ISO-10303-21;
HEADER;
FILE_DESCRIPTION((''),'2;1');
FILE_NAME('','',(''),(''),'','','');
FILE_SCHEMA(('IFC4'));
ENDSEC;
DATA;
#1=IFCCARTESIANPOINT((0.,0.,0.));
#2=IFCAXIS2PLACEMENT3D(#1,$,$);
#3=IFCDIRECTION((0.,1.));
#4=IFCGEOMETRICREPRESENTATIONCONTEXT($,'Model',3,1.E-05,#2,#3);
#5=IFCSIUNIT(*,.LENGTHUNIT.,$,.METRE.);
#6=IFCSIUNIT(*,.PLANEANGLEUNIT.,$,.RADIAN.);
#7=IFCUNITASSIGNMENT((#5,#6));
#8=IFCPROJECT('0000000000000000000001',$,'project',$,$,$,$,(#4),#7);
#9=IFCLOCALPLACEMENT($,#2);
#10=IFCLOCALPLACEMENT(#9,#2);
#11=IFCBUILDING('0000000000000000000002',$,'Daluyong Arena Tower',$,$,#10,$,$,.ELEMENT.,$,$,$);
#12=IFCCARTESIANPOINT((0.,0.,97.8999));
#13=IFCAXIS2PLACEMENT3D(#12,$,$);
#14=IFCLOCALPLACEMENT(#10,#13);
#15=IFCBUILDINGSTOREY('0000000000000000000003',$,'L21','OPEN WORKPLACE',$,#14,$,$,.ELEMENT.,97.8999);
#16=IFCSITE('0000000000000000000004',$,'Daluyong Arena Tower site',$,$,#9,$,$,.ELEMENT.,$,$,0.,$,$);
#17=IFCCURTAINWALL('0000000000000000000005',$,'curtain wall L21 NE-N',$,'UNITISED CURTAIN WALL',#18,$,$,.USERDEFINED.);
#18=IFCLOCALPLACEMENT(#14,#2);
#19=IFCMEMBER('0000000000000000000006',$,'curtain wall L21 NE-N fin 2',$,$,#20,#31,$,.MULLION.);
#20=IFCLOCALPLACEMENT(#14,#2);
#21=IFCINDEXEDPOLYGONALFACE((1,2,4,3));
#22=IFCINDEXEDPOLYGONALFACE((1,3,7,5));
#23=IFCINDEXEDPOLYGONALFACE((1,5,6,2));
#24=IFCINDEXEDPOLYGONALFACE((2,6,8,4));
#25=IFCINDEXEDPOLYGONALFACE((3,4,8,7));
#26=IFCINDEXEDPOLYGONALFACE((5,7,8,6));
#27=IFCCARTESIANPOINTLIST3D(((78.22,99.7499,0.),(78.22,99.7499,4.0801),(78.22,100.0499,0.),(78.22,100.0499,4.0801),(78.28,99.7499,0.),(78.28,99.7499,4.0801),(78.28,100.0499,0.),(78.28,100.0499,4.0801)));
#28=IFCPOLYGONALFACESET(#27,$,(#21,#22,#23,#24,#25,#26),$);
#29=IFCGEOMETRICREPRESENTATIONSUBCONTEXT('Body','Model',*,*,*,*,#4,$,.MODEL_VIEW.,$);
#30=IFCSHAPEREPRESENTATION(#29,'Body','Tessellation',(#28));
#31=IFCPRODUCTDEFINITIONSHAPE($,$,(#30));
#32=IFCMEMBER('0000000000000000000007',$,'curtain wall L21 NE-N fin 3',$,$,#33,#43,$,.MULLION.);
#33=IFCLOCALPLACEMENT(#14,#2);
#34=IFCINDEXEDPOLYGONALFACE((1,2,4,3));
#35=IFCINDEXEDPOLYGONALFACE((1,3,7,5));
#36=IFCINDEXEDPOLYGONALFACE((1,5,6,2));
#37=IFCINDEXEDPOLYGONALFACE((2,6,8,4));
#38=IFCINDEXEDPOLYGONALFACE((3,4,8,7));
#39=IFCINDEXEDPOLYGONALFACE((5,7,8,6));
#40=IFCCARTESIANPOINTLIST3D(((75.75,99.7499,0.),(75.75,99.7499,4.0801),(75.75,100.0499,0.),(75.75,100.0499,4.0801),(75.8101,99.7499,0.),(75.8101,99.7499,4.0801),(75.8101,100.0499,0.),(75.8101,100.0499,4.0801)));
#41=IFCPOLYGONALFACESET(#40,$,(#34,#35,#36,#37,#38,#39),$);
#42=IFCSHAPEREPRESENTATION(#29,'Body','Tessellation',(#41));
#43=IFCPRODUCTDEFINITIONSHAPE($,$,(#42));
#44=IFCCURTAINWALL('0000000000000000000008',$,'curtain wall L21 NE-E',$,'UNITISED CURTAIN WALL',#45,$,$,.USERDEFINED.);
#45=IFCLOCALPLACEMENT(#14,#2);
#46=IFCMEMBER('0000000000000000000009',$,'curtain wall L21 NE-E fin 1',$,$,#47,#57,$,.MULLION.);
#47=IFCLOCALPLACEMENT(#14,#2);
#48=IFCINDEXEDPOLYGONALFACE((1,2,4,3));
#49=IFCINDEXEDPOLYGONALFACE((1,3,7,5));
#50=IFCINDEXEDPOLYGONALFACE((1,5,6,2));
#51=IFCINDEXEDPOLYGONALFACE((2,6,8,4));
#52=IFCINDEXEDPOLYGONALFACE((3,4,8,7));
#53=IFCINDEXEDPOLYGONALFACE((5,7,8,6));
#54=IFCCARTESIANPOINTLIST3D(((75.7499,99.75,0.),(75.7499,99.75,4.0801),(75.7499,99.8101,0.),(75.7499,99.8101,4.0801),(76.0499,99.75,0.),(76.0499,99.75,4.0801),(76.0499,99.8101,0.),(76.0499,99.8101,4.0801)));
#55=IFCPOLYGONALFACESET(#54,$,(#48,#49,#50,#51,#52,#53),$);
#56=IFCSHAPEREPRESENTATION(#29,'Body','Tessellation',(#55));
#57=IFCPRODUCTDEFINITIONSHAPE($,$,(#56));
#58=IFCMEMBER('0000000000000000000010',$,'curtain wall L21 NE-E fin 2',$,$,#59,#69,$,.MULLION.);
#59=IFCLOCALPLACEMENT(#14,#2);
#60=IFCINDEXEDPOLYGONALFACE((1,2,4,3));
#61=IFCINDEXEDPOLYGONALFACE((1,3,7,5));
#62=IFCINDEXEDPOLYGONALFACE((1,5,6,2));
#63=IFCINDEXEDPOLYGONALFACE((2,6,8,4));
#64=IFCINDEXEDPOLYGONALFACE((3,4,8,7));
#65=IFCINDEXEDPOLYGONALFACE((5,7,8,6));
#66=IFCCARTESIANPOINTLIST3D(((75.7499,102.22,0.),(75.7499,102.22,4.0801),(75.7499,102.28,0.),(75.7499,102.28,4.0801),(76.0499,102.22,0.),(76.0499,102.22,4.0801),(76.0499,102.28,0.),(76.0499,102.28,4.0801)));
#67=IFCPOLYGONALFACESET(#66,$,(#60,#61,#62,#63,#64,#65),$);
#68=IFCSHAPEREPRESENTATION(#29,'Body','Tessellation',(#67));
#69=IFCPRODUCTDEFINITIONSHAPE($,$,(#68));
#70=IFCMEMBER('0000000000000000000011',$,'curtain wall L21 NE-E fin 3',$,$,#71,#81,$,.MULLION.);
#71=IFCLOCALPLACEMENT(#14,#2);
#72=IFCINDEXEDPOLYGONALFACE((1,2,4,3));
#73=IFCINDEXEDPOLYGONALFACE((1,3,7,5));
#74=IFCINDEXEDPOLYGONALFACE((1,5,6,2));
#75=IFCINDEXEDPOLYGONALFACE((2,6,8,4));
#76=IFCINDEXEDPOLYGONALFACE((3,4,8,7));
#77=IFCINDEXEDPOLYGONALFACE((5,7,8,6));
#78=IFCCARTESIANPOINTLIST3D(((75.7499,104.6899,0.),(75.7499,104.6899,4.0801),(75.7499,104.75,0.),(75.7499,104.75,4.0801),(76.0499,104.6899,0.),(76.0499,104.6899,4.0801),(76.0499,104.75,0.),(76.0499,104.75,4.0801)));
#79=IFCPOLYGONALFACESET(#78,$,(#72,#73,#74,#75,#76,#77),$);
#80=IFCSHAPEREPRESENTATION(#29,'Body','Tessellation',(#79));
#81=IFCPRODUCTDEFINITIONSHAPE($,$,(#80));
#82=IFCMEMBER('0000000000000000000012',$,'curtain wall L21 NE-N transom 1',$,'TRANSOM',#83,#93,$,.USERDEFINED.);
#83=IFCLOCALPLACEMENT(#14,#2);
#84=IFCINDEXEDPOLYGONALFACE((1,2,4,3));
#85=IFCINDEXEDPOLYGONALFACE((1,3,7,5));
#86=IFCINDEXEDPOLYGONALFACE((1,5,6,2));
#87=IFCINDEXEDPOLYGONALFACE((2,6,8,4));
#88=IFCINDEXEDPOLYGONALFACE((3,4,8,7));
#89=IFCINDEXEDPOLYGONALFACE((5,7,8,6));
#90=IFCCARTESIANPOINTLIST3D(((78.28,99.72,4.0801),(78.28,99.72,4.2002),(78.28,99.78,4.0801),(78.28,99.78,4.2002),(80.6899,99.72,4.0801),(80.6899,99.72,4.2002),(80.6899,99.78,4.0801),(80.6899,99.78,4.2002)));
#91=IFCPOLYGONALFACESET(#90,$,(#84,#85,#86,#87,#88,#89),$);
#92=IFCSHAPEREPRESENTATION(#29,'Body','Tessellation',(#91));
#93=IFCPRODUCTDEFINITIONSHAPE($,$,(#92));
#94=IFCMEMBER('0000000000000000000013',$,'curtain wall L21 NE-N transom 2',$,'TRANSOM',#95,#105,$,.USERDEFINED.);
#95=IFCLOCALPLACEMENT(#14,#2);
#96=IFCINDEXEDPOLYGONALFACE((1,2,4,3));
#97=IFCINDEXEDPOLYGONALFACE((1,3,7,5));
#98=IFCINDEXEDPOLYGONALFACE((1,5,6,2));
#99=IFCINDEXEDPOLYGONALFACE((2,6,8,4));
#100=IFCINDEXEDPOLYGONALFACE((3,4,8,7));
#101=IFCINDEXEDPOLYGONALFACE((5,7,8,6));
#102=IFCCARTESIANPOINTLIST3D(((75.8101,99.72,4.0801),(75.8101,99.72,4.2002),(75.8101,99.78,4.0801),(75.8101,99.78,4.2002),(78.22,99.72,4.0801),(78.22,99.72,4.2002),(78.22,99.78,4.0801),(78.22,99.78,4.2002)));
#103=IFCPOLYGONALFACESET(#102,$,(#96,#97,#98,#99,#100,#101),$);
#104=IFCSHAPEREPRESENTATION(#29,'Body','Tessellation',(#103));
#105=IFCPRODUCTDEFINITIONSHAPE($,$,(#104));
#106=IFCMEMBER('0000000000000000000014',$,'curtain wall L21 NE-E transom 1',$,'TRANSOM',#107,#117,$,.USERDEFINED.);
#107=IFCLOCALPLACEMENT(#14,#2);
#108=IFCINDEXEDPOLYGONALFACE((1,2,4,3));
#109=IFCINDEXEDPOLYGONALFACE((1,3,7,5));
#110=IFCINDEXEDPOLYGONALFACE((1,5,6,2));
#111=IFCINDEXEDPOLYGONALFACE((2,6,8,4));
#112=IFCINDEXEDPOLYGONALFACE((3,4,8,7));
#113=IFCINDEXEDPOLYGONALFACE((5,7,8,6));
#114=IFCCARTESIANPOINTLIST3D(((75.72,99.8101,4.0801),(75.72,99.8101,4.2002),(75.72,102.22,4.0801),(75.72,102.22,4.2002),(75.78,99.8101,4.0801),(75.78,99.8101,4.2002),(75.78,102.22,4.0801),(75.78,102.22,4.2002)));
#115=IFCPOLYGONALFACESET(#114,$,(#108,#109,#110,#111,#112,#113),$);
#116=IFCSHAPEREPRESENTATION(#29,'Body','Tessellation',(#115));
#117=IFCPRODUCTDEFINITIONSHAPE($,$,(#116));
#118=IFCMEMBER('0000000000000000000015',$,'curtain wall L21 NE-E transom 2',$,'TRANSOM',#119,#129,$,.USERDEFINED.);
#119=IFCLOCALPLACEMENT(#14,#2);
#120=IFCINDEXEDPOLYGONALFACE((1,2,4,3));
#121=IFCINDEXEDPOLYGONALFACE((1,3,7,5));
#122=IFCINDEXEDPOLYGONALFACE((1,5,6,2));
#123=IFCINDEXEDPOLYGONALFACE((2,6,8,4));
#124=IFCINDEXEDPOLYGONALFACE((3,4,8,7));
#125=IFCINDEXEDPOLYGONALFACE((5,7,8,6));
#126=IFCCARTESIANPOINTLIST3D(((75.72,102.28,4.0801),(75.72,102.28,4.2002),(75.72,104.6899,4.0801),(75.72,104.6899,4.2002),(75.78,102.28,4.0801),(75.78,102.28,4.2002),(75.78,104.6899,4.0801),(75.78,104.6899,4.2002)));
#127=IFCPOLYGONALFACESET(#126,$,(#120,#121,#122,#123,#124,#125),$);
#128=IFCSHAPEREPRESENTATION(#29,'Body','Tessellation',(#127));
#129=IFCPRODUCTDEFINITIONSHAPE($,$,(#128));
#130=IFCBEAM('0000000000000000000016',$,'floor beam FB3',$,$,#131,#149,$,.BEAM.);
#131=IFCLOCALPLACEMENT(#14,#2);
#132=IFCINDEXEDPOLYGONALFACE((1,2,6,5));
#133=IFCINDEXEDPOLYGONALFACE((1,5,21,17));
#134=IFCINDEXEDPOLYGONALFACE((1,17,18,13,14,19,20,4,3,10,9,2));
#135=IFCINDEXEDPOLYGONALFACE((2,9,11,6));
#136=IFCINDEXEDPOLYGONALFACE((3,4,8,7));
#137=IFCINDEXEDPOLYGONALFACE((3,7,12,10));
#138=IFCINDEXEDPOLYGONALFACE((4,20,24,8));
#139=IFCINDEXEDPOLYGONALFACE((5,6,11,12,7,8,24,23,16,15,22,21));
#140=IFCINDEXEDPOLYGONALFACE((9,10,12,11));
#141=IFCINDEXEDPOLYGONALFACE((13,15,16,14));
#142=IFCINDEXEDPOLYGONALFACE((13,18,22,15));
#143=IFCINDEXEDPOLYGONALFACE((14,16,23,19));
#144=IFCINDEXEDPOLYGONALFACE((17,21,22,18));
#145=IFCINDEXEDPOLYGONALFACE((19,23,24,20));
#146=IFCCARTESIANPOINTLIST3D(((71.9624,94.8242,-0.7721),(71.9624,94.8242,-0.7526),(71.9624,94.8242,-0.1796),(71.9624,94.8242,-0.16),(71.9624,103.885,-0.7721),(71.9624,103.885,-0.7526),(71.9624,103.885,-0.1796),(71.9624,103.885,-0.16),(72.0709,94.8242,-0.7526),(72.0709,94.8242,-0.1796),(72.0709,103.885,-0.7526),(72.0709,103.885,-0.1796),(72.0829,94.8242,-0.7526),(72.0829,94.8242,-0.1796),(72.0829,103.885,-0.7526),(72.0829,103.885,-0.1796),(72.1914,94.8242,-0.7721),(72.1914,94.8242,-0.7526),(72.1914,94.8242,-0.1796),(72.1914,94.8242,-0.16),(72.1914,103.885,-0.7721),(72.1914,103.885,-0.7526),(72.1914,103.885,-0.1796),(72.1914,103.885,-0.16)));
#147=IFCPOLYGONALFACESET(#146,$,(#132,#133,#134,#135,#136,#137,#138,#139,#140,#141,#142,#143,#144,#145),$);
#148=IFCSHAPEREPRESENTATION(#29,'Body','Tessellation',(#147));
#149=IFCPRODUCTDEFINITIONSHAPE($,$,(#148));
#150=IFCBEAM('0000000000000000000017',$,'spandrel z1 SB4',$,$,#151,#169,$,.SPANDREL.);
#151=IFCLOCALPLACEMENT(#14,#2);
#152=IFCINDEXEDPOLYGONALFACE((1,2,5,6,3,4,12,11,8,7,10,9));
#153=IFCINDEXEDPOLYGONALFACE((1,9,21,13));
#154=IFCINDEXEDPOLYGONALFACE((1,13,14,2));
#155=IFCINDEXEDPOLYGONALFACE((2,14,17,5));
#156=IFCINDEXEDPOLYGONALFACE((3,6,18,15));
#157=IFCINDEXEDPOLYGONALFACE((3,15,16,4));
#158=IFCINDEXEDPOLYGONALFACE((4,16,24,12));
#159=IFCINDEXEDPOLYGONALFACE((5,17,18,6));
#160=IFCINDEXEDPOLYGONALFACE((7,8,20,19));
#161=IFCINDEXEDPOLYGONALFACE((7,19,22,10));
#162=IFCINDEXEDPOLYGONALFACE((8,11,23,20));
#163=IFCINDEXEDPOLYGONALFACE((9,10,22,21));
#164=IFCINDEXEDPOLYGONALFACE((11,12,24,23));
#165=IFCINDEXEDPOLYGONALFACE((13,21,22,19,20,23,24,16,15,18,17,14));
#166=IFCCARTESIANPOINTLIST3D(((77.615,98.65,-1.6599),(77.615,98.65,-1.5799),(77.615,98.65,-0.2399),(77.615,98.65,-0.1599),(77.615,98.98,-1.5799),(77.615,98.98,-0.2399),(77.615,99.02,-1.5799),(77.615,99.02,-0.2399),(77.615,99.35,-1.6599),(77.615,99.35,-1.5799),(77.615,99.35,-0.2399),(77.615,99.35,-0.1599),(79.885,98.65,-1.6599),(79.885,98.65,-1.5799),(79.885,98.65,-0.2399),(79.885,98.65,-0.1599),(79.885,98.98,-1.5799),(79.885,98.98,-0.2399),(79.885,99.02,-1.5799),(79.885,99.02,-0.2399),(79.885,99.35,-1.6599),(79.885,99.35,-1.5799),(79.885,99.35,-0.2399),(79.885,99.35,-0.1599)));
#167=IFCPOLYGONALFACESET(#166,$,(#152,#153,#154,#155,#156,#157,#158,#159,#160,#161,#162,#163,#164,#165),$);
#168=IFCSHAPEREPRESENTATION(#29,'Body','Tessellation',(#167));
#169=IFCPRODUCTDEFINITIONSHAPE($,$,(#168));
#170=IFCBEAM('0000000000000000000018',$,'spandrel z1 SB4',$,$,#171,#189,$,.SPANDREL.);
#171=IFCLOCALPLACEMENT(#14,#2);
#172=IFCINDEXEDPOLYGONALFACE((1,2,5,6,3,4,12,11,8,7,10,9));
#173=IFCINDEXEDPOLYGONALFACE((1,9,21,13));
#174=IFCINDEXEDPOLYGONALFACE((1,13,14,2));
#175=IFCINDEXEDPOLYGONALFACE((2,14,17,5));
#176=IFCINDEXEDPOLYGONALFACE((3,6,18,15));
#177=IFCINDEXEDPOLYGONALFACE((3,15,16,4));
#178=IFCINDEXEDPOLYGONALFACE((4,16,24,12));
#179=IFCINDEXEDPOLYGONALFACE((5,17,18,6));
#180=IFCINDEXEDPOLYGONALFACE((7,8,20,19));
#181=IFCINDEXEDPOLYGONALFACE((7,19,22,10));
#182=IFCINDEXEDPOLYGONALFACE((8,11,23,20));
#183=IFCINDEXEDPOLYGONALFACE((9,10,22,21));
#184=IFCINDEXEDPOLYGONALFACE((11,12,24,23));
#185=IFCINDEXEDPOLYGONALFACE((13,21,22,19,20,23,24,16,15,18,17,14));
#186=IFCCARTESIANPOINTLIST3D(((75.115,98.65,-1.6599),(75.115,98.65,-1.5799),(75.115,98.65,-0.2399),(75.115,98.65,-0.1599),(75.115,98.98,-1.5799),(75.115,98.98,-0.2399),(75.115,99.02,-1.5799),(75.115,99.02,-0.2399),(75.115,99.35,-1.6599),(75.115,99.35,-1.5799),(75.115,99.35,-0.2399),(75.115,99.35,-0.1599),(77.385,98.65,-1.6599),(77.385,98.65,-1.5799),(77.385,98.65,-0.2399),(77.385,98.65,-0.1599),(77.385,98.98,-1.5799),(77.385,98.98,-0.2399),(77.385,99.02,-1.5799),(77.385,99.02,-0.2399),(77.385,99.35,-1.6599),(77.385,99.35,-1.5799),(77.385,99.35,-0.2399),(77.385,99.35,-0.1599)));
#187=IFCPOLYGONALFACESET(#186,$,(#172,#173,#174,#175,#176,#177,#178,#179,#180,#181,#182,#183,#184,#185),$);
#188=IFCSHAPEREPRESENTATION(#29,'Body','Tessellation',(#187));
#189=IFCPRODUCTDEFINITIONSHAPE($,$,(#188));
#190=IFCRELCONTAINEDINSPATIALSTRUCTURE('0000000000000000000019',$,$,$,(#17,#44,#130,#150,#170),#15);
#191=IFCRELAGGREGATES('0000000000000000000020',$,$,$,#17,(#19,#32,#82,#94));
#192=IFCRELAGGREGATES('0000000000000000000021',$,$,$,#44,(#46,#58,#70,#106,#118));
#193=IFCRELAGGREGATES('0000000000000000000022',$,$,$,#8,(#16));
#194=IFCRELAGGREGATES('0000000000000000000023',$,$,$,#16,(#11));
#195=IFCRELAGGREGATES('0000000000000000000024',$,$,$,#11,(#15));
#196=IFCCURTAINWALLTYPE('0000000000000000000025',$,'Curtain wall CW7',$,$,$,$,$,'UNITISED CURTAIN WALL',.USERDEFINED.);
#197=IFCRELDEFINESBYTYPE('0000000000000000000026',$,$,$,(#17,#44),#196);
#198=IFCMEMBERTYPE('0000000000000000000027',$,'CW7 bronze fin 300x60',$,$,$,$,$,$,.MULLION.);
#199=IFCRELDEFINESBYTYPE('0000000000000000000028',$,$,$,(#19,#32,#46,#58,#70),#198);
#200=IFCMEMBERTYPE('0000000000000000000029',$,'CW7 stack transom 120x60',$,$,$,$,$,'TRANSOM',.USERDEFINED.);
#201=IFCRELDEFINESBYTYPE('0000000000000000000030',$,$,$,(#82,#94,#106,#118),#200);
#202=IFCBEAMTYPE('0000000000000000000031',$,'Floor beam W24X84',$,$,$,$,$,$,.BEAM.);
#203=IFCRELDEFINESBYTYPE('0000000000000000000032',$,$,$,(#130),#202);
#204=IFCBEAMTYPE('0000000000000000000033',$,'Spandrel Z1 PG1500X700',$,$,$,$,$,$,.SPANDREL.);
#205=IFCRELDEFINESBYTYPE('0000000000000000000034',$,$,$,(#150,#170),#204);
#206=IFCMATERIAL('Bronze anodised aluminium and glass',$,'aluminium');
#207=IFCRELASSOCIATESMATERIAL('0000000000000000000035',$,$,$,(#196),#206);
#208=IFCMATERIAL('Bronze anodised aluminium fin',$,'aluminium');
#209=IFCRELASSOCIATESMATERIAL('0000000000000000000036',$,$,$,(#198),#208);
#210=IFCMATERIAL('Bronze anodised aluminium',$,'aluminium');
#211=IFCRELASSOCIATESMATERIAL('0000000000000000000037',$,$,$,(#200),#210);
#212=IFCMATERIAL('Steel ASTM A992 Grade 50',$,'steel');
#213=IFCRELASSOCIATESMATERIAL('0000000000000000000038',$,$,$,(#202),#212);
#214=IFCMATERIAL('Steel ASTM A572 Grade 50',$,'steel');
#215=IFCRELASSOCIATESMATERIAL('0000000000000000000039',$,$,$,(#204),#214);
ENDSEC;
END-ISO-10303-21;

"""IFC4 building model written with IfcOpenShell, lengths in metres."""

from ifc_helpers import new_model, si_unit, direction, frame, origin, origin_2d, place, context, subcontext, project, spatial, rectangle, i_section, extrude, material, material_profile, profile_set, type_object, element, aggregate, save


model = new_model("IFC4")

# Units and contexts
model_context = context("Model", 3, precision=1e-05, world=origin(), true_north=direction((0.0, 1.0)))
body_context = subcontext(model_context, "Body", "Model", "MODEL_VIEW")
ifc_project = project(units=[si_unit("LENGTHUNIT", "METRE"), si_unit("PLANEANGLEUNIT", "RADIAN")], contexts=[model_context])

# Site, building, storey
site_placement = place(None, origin())
site = spatial("IfcSite", under=ifc_project, at=site_placement, Name="Daluyong Arena Tower site", CompositionType="ELEMENT", RefElevation=0.0)
building_placement = place(site_placement, origin())
building = spatial("IfcBuilding", under=site, at=building_placement, Name="Daluyong Arena Tower", CompositionType="ELEMENT")
storey_placement = place(building_placement, frame((0.0, 0.0, 97.8999)))
storey = spatial("IfcBuildingStorey", under=building, at=storey_placement, Name="L21", Description="OPEN WORKPLACE", CompositionType="ELEMENT", Elevation=97.8999)

# Curtain walls, members
ifc_material_1 = material(Name="Bronze anodised aluminium and glass", Category="aluminium")
curtain_wall_type_1 = type_object("IfcCurtainWallType", Name="Curtain wall CW7", ElementType="UNITISED CURTAIN WALL", PredefinedType="USERDEFINED", material=ifc_material_1)
curtain_wall_1_placement = place(storey_placement, origin())
curtain_wall_1 = element("IfcCurtainWall", 1, at=curtain_wall_1_placement, inside=storey, type_object=curtain_wall_type_1, Name="curtain wall L21 NE-N", ObjectType="UNITISED CURTAIN WALL", PredefinedType="USERDEFINED")
ifc_material_2 = material(Name="Bronze anodised aluminium fin", Category="aluminium")
ifc_material_profile_1 = material_profile(ifc_material_2, rectangle(XDim=0.3, YDim=0.0601, at=origin_2d()))
ifc_profile_set_1 = profile_set([ifc_material_profile_1], Name="Bronze anodised aluminium fin")
member_type_1 = type_object("IfcMemberType", Name="CW7 bronze fin 300x60", PredefinedType="MULLION", material=ifc_profile_set_1)
member_1_placement = place(storey_placement, frame((78.25, 99.8999, 0.0), z_axis=(0.0, 0.0, 1.0), x_axis=(0.0, -1.0, 0.0)))
member_1 = element("IfcMember", 2, at=member_1_placement, type_object=member_type_1, Name="curtain wall L21 NE-N fin 2", PredefinedType="MULLION", context=body_context, shape_type="SweptSolid", body=[
    extrude(rectangle(XDim=0.3, YDim=0.0601, at=origin_2d()), origin(), (0.0, 0.0, 1.0), 4.0801),
])
member_2_placement = place(storey_placement, frame((75.78, 99.8999, 0.0), z_axis=(0.0, 0.0, 1.0), x_axis=(0.0, -1.0, 0.0)))
member_2 = element("IfcMember", 3, at=member_2_placement, type_object=member_type_1, Name="curtain wall L21 NE-N fin 3", PredefinedType="MULLION", context=body_context, shape_type="SweptSolid", body=[
    extrude(rectangle(XDim=0.3, YDim=0.0601, at=origin_2d()), origin(), (0.0, 0.0, 1.0), 4.0801),
])
curtain_wall_2_placement = place(storey_placement, origin())
curtain_wall_2 = element("IfcCurtainWall", 4, at=curtain_wall_2_placement, inside=storey, type_object=curtain_wall_type_1, Name="curtain wall L21 NE-E", ObjectType="UNITISED CURTAIN WALL", PredefinedType="USERDEFINED")
member_3_placement = place(storey_placement, frame((75.8999, 99.78, 0.0), z_axis=(0.0, 0.0, 1.0), x_axis=(-1.0, 0.0, 0.0)))
member_3 = element("IfcMember", 5, at=member_3_placement, type_object=member_type_1, Name="curtain wall L21 NE-E fin 1", PredefinedType="MULLION", context=body_context, shape_type="SweptSolid", body=[
    extrude(rectangle(XDim=0.3, YDim=0.0601, at=origin_2d()), origin(), (0.0, 0.0, 1.0), 4.0801),
])
member_4_placement = place(storey_placement, frame((75.8999, 102.25, 0.0), z_axis=(0.0, 0.0, 1.0), x_axis=(-1.0, 0.0, 0.0)))
member_4 = element("IfcMember", 6, at=member_4_placement, type_object=member_type_1, Name="curtain wall L21 NE-E fin 2", PredefinedType="MULLION", context=body_context, shape_type="SweptSolid", body=[
    extrude(rectangle(XDim=0.3, YDim=0.0601, at=origin_2d()), origin(), (0.0, 0.0, 1.0), 4.0801),
])
member_5_placement = place(storey_placement, frame((75.8999, 104.72, 0.0), z_axis=(0.0, 0.0, 1.0), x_axis=(-1.0, 0.0, 0.0)))
member_5 = element("IfcMember", 7, at=member_5_placement, type_object=member_type_1, Name="curtain wall L21 NE-E fin 3", PredefinedType="MULLION", context=body_context, shape_type="SweptSolid", body=[
    extrude(rectangle(XDim=0.3, YDim=0.0601, at=origin_2d()), origin(), (0.0, 0.0, 1.0), 4.0801),
])

# Members
ifc_material_3 = material(Name="Bronze anodised aluminium", Category="aluminium")
ifc_material_profile_2 = material_profile(ifc_material_3, rectangle(XDim=0.0601, YDim=0.1201, at=origin_2d()))
ifc_profile_set_2 = profile_set([ifc_material_profile_2], Name="Bronze anodised aluminium")
member_type_2 = type_object("IfcMemberType", Name="CW7 stack transom 120x60", ElementType="TRANSOM", PredefinedType="USERDEFINED", material=ifc_profile_set_2)
member_6_placement = place(storey_placement, frame((80.6899, 99.75, 4.1401), z_axis=(-1.0, 0.0, 0.0), x_axis=(0.0, -1.0, 0.0)))
member_6 = element("IfcMember", 8, at=member_6_placement, type_object=member_type_2, Name="curtain wall L21 NE-N transom 1", ObjectType="TRANSOM", PredefinedType="USERDEFINED", context=body_context, shape_type="SweptSolid", body=[
    extrude(rectangle(XDim=0.0601, YDim=0.1201, at=origin_2d()), origin(), (0.0, 0.0, 1.0), 2.4099),
])
member_7_placement = place(storey_placement, frame((78.22, 99.75, 4.1401), z_axis=(-1.0, 0.0, 0.0), x_axis=(0.0, -1.0, 0.0)))
member_7 = element("IfcMember", 9, at=member_7_placement, type_object=member_type_2, Name="curtain wall L21 NE-N transom 2", ObjectType="TRANSOM", PredefinedType="USERDEFINED", context=body_context, shape_type="SweptSolid", body=[
    extrude(rectangle(XDim=0.0601, YDim=0.1201, at=origin_2d()), origin(), (0.0, 0.0, 1.0), 2.4099),
])
member_8_placement = place(storey_placement, frame((75.75, 99.8101, 4.1401), z_axis=(0.0, 1.0, 0.0), x_axis=(-1.0, 0.0, 0.0)))
member_8 = element("IfcMember", 10, at=member_8_placement, type_object=member_type_2, Name="curtain wall L21 NE-E transom 1", ObjectType="TRANSOM", PredefinedType="USERDEFINED", context=body_context, shape_type="SweptSolid", body=[
    extrude(rectangle(XDim=0.0601, YDim=0.1201, at=origin_2d()), origin(), (0.0, 0.0, 1.0), 2.4099),
])
member_9_placement = place(storey_placement, frame((75.75, 102.28, 4.1401), z_axis=(0.0, 1.0, 0.0), x_axis=(-1.0, 0.0, 0.0)))
member_9 = element("IfcMember", 11, at=member_9_placement, type_object=member_type_2, Name="curtain wall L21 NE-E transom 2", ObjectType="TRANSOM", PredefinedType="USERDEFINED", context=body_context, shape_type="SweptSolid", body=[
    extrude(rectangle(XDim=0.0601, YDim=0.1201, at=origin_2d()), origin(), (0.0, 0.0, 1.0), 2.4099),
])

# Beams
ifc_material_4 = material(Name="Steel ASTM A992 Grade 50", Category="steel")
ifc_material_profile_3 = material_profile(ifc_material_4, i_section(OverallWidth=0.229, OverallDepth=0.6121, WebThickness=0.012, FlangeThickness=0.0195, at=origin_2d()))
ifc_profile_set_3 = profile_set([ifc_material_profile_3], Name="Steel ASTM A992 Grade 50")
beam_type_1 = type_object("IfcBeamType", Name="Floor beam W24X84", PredefinedType="BEAM", material=ifc_profile_set_3)
beam_placement = place(storey_placement, frame((72.0769, 103.885, -0.4661), z_axis=(0.0, -1.0, 0.0), x_axis=(1.0, 0.0, 0.0)))
element("IfcBeam", 12, at=beam_placement, inside=storey, type_object=beam_type_1, Name="floor beam FB3", PredefinedType="BEAM", context=body_context, shape_type="SweptSolid", body=[
    extrude(i_section(OverallWidth=0.229, OverallDepth=0.6121, WebThickness=0.012, FlangeThickness=0.0195, at=origin_2d()), origin(), (0.0, 0.0, 1.0), 9.0608),
])
ifc_material_5 = material(Name="Steel ASTM A572 Grade 50", Category="steel")
ifc_material_profile_4 = material_profile(ifc_material_5, i_section(OverallWidth=0.7, OverallDepth=1.5, WebThickness=0.04, FlangeThickness=0.08, at=origin_2d()))
ifc_profile_set_4 = profile_set([ifc_material_profile_4], Name="Steel ASTM A572 Grade 50")
beam_type_2 = type_object("IfcBeamType", Name="Spandrel Z1 PG1500X700", PredefinedType="SPANDREL", material=ifc_profile_set_4)
for number, where, z_axis, x_axis, name in (
    (13, (79.885, 99.0, -0.9099), (-1.0, 0.0, 0.0), (0.0, -1.0, 0.0), "spandrel z1 SB4"),
    (14, (77.385, 99.0, -0.9099), (-1.0, 0.0, 0.0), (0.0, -1.0, 0.0), "spandrel z1 SB4"),
):
    element("IfcBeam", number, at=place(storey_placement, frame(where, z_axis=z_axis, x_axis=x_axis)), inside=storey, type_object=beam_type_2, Name=name, PredefinedType="SPANDREL", context=body_context, shape_type="SweptSolid", body=[
        extrude(i_section(OverallWidth=0.7, OverallDepth=1.5, WebThickness=0.04, FlangeThickness=0.08, at=origin_2d()), origin(), (0.0, 0.0, 1.0), 2.27),
    ])

aggregate(curtain_wall_1, [member_1, member_2, member_6, member_7])
aggregate(curtain_wall_2, [member_3, member_4, member_5, member_8, member_9])

save(model, "model.ifc")
